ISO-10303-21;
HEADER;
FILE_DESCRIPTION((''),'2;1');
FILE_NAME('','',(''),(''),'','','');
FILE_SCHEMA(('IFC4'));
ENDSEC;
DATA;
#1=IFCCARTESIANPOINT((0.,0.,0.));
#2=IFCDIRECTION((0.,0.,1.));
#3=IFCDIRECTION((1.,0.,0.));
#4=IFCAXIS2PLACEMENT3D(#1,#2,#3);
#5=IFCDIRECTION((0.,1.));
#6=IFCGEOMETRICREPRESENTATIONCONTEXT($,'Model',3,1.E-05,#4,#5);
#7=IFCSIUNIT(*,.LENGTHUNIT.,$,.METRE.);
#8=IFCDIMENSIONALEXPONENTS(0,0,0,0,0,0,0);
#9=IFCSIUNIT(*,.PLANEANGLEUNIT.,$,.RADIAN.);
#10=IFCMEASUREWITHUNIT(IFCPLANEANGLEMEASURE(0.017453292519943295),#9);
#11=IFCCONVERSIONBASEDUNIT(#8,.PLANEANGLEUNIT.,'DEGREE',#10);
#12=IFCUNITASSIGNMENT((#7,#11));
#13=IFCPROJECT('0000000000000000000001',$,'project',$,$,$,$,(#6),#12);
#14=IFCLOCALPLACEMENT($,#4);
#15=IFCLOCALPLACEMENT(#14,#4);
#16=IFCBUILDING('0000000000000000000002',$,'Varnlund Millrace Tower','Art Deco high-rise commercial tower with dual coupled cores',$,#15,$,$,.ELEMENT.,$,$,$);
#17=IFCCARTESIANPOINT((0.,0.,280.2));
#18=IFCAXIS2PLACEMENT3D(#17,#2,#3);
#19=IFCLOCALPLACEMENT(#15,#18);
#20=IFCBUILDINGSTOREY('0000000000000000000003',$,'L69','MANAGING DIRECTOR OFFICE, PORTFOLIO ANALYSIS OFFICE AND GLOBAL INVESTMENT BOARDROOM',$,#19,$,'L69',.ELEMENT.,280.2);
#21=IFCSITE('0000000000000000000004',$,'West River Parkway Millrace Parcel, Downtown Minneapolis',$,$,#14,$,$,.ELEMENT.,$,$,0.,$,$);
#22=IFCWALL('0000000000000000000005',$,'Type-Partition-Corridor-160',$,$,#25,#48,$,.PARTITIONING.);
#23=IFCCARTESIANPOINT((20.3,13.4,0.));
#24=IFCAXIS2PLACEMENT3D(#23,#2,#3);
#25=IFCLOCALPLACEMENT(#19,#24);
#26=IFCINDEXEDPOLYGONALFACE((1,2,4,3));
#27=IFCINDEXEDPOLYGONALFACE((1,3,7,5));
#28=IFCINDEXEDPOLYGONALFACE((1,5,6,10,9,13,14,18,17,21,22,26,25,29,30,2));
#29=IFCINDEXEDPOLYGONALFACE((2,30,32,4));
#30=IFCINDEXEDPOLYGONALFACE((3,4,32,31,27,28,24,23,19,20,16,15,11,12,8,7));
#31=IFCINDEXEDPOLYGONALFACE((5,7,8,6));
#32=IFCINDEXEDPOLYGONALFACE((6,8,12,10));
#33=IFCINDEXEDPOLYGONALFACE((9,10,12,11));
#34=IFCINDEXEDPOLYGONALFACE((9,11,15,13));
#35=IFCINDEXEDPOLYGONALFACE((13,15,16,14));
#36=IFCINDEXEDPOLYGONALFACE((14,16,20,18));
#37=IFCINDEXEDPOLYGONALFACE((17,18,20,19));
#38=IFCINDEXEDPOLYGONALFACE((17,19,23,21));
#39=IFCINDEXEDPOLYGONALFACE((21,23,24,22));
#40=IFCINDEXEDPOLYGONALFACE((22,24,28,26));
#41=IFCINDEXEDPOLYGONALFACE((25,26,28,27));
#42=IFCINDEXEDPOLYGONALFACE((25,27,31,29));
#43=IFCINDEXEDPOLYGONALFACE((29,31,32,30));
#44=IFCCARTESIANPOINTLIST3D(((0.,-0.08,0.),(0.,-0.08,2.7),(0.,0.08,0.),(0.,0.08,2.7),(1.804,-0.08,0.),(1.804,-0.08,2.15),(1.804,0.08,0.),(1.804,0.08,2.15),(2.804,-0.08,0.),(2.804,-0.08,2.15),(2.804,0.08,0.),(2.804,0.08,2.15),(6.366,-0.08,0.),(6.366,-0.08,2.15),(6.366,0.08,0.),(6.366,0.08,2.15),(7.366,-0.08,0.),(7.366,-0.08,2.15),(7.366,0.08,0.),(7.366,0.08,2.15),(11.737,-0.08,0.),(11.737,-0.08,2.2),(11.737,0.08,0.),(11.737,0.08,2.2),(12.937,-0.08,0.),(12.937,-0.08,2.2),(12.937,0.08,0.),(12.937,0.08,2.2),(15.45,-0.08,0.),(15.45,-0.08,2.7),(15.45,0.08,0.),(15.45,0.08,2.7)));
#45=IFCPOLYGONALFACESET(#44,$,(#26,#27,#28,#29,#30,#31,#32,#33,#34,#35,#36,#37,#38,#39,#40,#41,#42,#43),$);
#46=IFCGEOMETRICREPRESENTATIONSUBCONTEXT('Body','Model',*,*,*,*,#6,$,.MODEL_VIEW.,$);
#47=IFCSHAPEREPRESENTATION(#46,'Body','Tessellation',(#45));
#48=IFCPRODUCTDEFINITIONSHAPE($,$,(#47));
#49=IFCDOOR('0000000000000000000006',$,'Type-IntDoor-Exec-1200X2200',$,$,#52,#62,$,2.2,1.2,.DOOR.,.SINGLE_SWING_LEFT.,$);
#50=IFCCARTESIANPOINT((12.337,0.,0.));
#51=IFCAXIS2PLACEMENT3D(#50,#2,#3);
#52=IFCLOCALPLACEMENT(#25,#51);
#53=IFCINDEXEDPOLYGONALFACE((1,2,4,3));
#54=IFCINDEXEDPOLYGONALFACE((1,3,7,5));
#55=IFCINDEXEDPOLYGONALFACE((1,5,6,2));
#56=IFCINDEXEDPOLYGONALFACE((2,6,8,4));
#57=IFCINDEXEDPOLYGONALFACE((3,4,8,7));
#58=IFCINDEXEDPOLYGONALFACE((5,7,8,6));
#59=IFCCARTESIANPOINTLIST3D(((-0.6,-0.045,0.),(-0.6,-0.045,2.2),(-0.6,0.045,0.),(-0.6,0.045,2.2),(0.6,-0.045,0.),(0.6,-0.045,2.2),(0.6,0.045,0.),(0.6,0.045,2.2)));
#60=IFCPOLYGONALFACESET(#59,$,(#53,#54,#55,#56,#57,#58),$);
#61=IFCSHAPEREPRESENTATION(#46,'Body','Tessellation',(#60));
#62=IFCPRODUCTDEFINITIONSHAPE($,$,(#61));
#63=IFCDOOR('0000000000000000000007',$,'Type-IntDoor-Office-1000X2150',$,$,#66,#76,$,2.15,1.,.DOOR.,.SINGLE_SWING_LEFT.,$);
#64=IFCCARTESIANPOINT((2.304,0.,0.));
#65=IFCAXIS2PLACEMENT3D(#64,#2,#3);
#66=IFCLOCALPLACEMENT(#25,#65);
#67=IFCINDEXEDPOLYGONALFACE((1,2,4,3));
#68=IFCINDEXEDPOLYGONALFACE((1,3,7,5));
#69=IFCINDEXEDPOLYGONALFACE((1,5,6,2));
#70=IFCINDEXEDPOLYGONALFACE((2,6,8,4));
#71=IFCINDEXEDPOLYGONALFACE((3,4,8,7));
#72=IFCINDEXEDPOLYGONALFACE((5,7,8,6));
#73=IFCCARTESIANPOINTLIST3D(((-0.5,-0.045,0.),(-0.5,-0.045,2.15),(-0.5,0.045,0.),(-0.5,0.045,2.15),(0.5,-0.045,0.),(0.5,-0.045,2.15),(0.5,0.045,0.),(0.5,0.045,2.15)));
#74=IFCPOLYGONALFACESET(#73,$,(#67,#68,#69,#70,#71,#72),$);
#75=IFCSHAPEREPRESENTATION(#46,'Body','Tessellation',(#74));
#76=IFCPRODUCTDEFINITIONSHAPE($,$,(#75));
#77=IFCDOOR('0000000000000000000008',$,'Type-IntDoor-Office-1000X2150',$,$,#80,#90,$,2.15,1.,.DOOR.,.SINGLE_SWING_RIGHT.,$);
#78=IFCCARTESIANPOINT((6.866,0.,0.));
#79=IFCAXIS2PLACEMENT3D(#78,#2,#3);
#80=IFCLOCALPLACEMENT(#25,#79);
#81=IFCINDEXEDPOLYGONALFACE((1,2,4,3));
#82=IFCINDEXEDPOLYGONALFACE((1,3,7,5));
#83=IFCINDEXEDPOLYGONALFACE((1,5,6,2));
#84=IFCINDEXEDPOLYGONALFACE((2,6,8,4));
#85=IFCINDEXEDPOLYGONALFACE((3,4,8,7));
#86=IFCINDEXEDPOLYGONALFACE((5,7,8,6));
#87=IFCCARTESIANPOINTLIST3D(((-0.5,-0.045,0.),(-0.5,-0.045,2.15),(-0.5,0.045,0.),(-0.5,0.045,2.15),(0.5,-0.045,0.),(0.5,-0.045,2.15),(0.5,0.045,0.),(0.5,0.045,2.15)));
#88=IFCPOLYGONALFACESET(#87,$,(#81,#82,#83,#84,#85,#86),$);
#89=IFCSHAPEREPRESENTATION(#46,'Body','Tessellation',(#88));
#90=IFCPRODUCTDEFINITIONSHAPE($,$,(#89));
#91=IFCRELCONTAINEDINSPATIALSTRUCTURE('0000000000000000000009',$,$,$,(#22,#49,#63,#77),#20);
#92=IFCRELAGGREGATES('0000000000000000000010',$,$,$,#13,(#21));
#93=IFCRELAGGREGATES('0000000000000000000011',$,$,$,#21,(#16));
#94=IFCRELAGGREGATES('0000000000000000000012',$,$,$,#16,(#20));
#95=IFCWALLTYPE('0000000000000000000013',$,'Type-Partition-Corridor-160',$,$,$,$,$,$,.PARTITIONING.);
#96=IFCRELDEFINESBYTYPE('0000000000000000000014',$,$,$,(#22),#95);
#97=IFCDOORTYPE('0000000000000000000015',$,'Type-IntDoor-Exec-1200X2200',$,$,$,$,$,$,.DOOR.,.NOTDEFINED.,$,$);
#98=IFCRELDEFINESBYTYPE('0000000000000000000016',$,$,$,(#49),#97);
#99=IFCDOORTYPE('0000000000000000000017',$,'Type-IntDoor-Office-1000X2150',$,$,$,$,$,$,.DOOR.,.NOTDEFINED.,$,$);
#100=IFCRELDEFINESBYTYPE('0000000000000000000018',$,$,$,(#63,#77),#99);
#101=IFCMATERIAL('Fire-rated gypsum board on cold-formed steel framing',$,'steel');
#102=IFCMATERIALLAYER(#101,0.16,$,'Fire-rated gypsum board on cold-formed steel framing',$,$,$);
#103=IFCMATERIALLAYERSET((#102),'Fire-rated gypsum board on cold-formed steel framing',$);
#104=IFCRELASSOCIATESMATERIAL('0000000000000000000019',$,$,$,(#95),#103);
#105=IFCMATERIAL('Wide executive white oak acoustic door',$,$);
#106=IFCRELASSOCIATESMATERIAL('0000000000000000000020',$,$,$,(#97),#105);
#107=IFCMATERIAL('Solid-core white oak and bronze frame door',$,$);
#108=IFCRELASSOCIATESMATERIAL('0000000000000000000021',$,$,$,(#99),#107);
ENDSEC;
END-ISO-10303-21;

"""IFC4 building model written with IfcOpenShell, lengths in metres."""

from ifc_helpers import new_model, entity, si_unit, converted_unit, direction, frame, origin_with_axes, origin_2d_with_axis, place, context, subcontext, project, spatial, polyline, rectangle, outline, extrude, material, layer, layer_set, type_object, element, fill, save


model = new_model("IFC4")

# Units and contexts
model_context = context("Model", 3, precision=1e-05, world=origin_with_axes(), true_north=direction((0.0, 1.0)))
body_context = subcontext(model_context, "Body", "Model", "MODEL_VIEW")
ifc_project = project(units=[si_unit("LENGTHUNIT", "METRE"), converted_unit("PLANEANGLEUNIT", "DEGREE", entity("IfcPlaneAngleMeasure", 0.017453292519943295), si_unit("PLANEANGLEUNIT", "RADIAN"), dimensions=[0, 0, 0, 0, 0, 0, 0])], contexts=[model_context])

# Site, building, storey
site_placement = place(None, origin_with_axes())
site = spatial("IfcSite", under=ifc_project, at=site_placement, Name="West River Parkway Millrace Parcel, Downtown Minneapolis", CompositionType="ELEMENT", RefElevation=0.0)
building_placement = place(site_placement, origin_with_axes())
building = spatial("IfcBuilding", under=site, at=building_placement, Name="Varnlund Millrace Tower", Description="Art Deco high-rise commercial tower with dual coupled cores", CompositionType="ELEMENT")
storey_placement = place(building_placement, frame((0.0, 0.0, 280.2), z_axis=(0.0, 0.0, 1.0), x_axis=(1.0, 0.0, 0.0)))
storey = spatial("IfcBuildingStorey", under=building, at=storey_placement, Name="L69", Description="MANAGING DIRECTOR OFFICE, PORTFOLIO ANALYSIS OFFICE AND GLOBAL INVESTMENT BOARDROOM", LongName="L69", CompositionType="ELEMENT", Elevation=280.2)

# Wall, openings, doors
ifc_material_1 = material(Name="Fire-rated gypsum board on cold-formed steel framing", Category="steel")
ifc_layer = layer(ifc_material_1, 0.16, Name="Fire-rated gypsum board on cold-formed steel framing")
ifc_layer_set = layer_set([ifc_layer], Name="Fire-rated gypsum board on cold-formed steel framing")
wall_type = type_object("IfcWallType", Name="Type-Partition-Corridor-160", PredefinedType="PARTITIONING", material=ifc_layer_set)
wall_1_placement = place(storey_placement, frame((20.3, 13.4, 0.0), z_axis=(0.0, 0.0, 1.0), x_axis=(1.0, 0.0, 0.0)))
wall_1 = element("IfcWall", 1, at=wall_1_placement, inside=storey, type_object=wall_type, Name="Type-Partition-Corridor-160", PredefinedType="PARTITIONING", context=body_context, shape_type="SweptSolid", body=[
    extrude(outline(polyline([(0.0, -0.08), (15.45, -0.08), (15.45, 0.08), (0.0, 0.08), (0.0, -0.08)])), origin_with_axes(), (0.0, 0.0, 1.0), 2.7),
])
opening_1_placement = place(wall_1_placement, frame((2.304, 0.0, 0.0), z_axis=(0.0, 0.0, 1.0), x_axis=(1.0, 0.0, 0.0)))
opening_1 = element("IfcOpeningElement", 2, at=opening_1_placement, cuts=wall_1, PredefinedType="OPENING", context=body_context, shape_type="SweptSolid", body=[
    extrude(rectangle(XDim=1.0, YDim=0.18, at=origin_2d_with_axis()), origin_with_axes(), (0.0, 0.0, 1.0), 2.15),
])
opening_2_placement = place(wall_1_placement, frame((6.866, 0.0, 0.0), z_axis=(0.0, 0.0, 1.0), x_axis=(1.0, 0.0, 0.0)))
opening_2 = element("IfcOpeningElement", 3, at=opening_2_placement, cuts=wall_1, PredefinedType="OPENING", context=body_context, shape_type="SweptSolid", body=[
    extrude(rectangle(XDim=1.0, YDim=0.18, at=origin_2d_with_axis()), origin_with_axes(), (0.0, 0.0, 1.0), 2.15),
])
opening_3_placement = place(wall_1_placement, frame((12.337, 0.0, 0.0), z_axis=(0.0, 0.0, 1.0), x_axis=(1.0, 0.0, 0.0)))
opening_3 = element("IfcOpeningElement", 4, at=opening_3_placement, cuts=wall_1, PredefinedType="OPENING", context=body_context, shape_type="SweptSolid", body=[
    extrude(rectangle(XDim=1.2, YDim=0.18, at=origin_2d_with_axis()), origin_with_axes(), (0.0, 0.0, 1.0), 2.2),
])
ifc_material_2 = material(Name="Wide executive white oak acoustic door")
door_type_1 = type_object("IfcDoorType", Name="Type-IntDoor-Exec-1200X2200", OperationType="NOTDEFINED", PredefinedType="DOOR", material=ifc_material_2)
door_1_placement = place(wall_1_placement, frame((12.337, 0.0, 0.0), z_axis=(0.0, 0.0, 1.0), x_axis=(1.0, 0.0, 0.0)))
door_1 = element("IfcDoor", 5, at=door_1_placement, inside=storey, type_object=door_type_1, Name="Type-IntDoor-Exec-1200X2200", OperationType="SINGLE_SWING_LEFT", OverallHeight=2.2, OverallWidth=1.2, PredefinedType="DOOR", context=body_context, shape_type="SweptSolid", body=[
    extrude(rectangle(XDim=1.2, YDim=0.09, at=origin_2d_with_axis()), origin_with_axes(), (0.0, 0.0, 1.0), 2.2),
])
fill(opening_3, door_1)
ifc_material_3 = material(Name="Solid-core white oak and bronze frame door")
door_type_2 = type_object("IfcDoorType", Name="Type-IntDoor-Office-1000X2150", OperationType="NOTDEFINED", PredefinedType="DOOR", material=ifc_material_3)
door_2_placement = place(wall_1_placement, frame((2.304, 0.0, 0.0), z_axis=(0.0, 0.0, 1.0), x_axis=(1.0, 0.0, 0.0)))
door_2 = element("IfcDoor", 6, at=door_2_placement, inside=storey, type_object=door_type_2, Name="Type-IntDoor-Office-1000X2150", OperationType="SINGLE_SWING_LEFT", OverallHeight=2.15, OverallWidth=1.0, PredefinedType="DOOR", context=body_context, shape_type="SweptSolid", body=[
    extrude(rectangle(XDim=1.0, YDim=0.09, at=origin_2d_with_axis()), origin_with_axes(), (0.0, 0.0, 1.0), 2.15),
])
fill(opening_1, door_2)
door_3_placement = place(wall_1_placement, frame((6.866, 0.0, 0.0), z_axis=(0.0, 0.0, 1.0), x_axis=(1.0, 0.0, 0.0)))
door_3 = element("IfcDoor", 7, at=door_3_placement, inside=storey, type_object=door_type_2, Name="Type-IntDoor-Office-1000X2150", OperationType="SINGLE_SWING_RIGHT", OverallHeight=2.15, OverallWidth=1.0, PredefinedType="DOOR", context=body_context, shape_type="SweptSolid", body=[
    extrude(rectangle(XDim=1.0, YDim=0.09, at=origin_2d_with_axis()), origin_with_axes(), (0.0, 0.0, 1.0), 2.15),
])
fill(opening_2, door_3)

save(model, "model.ifc")
